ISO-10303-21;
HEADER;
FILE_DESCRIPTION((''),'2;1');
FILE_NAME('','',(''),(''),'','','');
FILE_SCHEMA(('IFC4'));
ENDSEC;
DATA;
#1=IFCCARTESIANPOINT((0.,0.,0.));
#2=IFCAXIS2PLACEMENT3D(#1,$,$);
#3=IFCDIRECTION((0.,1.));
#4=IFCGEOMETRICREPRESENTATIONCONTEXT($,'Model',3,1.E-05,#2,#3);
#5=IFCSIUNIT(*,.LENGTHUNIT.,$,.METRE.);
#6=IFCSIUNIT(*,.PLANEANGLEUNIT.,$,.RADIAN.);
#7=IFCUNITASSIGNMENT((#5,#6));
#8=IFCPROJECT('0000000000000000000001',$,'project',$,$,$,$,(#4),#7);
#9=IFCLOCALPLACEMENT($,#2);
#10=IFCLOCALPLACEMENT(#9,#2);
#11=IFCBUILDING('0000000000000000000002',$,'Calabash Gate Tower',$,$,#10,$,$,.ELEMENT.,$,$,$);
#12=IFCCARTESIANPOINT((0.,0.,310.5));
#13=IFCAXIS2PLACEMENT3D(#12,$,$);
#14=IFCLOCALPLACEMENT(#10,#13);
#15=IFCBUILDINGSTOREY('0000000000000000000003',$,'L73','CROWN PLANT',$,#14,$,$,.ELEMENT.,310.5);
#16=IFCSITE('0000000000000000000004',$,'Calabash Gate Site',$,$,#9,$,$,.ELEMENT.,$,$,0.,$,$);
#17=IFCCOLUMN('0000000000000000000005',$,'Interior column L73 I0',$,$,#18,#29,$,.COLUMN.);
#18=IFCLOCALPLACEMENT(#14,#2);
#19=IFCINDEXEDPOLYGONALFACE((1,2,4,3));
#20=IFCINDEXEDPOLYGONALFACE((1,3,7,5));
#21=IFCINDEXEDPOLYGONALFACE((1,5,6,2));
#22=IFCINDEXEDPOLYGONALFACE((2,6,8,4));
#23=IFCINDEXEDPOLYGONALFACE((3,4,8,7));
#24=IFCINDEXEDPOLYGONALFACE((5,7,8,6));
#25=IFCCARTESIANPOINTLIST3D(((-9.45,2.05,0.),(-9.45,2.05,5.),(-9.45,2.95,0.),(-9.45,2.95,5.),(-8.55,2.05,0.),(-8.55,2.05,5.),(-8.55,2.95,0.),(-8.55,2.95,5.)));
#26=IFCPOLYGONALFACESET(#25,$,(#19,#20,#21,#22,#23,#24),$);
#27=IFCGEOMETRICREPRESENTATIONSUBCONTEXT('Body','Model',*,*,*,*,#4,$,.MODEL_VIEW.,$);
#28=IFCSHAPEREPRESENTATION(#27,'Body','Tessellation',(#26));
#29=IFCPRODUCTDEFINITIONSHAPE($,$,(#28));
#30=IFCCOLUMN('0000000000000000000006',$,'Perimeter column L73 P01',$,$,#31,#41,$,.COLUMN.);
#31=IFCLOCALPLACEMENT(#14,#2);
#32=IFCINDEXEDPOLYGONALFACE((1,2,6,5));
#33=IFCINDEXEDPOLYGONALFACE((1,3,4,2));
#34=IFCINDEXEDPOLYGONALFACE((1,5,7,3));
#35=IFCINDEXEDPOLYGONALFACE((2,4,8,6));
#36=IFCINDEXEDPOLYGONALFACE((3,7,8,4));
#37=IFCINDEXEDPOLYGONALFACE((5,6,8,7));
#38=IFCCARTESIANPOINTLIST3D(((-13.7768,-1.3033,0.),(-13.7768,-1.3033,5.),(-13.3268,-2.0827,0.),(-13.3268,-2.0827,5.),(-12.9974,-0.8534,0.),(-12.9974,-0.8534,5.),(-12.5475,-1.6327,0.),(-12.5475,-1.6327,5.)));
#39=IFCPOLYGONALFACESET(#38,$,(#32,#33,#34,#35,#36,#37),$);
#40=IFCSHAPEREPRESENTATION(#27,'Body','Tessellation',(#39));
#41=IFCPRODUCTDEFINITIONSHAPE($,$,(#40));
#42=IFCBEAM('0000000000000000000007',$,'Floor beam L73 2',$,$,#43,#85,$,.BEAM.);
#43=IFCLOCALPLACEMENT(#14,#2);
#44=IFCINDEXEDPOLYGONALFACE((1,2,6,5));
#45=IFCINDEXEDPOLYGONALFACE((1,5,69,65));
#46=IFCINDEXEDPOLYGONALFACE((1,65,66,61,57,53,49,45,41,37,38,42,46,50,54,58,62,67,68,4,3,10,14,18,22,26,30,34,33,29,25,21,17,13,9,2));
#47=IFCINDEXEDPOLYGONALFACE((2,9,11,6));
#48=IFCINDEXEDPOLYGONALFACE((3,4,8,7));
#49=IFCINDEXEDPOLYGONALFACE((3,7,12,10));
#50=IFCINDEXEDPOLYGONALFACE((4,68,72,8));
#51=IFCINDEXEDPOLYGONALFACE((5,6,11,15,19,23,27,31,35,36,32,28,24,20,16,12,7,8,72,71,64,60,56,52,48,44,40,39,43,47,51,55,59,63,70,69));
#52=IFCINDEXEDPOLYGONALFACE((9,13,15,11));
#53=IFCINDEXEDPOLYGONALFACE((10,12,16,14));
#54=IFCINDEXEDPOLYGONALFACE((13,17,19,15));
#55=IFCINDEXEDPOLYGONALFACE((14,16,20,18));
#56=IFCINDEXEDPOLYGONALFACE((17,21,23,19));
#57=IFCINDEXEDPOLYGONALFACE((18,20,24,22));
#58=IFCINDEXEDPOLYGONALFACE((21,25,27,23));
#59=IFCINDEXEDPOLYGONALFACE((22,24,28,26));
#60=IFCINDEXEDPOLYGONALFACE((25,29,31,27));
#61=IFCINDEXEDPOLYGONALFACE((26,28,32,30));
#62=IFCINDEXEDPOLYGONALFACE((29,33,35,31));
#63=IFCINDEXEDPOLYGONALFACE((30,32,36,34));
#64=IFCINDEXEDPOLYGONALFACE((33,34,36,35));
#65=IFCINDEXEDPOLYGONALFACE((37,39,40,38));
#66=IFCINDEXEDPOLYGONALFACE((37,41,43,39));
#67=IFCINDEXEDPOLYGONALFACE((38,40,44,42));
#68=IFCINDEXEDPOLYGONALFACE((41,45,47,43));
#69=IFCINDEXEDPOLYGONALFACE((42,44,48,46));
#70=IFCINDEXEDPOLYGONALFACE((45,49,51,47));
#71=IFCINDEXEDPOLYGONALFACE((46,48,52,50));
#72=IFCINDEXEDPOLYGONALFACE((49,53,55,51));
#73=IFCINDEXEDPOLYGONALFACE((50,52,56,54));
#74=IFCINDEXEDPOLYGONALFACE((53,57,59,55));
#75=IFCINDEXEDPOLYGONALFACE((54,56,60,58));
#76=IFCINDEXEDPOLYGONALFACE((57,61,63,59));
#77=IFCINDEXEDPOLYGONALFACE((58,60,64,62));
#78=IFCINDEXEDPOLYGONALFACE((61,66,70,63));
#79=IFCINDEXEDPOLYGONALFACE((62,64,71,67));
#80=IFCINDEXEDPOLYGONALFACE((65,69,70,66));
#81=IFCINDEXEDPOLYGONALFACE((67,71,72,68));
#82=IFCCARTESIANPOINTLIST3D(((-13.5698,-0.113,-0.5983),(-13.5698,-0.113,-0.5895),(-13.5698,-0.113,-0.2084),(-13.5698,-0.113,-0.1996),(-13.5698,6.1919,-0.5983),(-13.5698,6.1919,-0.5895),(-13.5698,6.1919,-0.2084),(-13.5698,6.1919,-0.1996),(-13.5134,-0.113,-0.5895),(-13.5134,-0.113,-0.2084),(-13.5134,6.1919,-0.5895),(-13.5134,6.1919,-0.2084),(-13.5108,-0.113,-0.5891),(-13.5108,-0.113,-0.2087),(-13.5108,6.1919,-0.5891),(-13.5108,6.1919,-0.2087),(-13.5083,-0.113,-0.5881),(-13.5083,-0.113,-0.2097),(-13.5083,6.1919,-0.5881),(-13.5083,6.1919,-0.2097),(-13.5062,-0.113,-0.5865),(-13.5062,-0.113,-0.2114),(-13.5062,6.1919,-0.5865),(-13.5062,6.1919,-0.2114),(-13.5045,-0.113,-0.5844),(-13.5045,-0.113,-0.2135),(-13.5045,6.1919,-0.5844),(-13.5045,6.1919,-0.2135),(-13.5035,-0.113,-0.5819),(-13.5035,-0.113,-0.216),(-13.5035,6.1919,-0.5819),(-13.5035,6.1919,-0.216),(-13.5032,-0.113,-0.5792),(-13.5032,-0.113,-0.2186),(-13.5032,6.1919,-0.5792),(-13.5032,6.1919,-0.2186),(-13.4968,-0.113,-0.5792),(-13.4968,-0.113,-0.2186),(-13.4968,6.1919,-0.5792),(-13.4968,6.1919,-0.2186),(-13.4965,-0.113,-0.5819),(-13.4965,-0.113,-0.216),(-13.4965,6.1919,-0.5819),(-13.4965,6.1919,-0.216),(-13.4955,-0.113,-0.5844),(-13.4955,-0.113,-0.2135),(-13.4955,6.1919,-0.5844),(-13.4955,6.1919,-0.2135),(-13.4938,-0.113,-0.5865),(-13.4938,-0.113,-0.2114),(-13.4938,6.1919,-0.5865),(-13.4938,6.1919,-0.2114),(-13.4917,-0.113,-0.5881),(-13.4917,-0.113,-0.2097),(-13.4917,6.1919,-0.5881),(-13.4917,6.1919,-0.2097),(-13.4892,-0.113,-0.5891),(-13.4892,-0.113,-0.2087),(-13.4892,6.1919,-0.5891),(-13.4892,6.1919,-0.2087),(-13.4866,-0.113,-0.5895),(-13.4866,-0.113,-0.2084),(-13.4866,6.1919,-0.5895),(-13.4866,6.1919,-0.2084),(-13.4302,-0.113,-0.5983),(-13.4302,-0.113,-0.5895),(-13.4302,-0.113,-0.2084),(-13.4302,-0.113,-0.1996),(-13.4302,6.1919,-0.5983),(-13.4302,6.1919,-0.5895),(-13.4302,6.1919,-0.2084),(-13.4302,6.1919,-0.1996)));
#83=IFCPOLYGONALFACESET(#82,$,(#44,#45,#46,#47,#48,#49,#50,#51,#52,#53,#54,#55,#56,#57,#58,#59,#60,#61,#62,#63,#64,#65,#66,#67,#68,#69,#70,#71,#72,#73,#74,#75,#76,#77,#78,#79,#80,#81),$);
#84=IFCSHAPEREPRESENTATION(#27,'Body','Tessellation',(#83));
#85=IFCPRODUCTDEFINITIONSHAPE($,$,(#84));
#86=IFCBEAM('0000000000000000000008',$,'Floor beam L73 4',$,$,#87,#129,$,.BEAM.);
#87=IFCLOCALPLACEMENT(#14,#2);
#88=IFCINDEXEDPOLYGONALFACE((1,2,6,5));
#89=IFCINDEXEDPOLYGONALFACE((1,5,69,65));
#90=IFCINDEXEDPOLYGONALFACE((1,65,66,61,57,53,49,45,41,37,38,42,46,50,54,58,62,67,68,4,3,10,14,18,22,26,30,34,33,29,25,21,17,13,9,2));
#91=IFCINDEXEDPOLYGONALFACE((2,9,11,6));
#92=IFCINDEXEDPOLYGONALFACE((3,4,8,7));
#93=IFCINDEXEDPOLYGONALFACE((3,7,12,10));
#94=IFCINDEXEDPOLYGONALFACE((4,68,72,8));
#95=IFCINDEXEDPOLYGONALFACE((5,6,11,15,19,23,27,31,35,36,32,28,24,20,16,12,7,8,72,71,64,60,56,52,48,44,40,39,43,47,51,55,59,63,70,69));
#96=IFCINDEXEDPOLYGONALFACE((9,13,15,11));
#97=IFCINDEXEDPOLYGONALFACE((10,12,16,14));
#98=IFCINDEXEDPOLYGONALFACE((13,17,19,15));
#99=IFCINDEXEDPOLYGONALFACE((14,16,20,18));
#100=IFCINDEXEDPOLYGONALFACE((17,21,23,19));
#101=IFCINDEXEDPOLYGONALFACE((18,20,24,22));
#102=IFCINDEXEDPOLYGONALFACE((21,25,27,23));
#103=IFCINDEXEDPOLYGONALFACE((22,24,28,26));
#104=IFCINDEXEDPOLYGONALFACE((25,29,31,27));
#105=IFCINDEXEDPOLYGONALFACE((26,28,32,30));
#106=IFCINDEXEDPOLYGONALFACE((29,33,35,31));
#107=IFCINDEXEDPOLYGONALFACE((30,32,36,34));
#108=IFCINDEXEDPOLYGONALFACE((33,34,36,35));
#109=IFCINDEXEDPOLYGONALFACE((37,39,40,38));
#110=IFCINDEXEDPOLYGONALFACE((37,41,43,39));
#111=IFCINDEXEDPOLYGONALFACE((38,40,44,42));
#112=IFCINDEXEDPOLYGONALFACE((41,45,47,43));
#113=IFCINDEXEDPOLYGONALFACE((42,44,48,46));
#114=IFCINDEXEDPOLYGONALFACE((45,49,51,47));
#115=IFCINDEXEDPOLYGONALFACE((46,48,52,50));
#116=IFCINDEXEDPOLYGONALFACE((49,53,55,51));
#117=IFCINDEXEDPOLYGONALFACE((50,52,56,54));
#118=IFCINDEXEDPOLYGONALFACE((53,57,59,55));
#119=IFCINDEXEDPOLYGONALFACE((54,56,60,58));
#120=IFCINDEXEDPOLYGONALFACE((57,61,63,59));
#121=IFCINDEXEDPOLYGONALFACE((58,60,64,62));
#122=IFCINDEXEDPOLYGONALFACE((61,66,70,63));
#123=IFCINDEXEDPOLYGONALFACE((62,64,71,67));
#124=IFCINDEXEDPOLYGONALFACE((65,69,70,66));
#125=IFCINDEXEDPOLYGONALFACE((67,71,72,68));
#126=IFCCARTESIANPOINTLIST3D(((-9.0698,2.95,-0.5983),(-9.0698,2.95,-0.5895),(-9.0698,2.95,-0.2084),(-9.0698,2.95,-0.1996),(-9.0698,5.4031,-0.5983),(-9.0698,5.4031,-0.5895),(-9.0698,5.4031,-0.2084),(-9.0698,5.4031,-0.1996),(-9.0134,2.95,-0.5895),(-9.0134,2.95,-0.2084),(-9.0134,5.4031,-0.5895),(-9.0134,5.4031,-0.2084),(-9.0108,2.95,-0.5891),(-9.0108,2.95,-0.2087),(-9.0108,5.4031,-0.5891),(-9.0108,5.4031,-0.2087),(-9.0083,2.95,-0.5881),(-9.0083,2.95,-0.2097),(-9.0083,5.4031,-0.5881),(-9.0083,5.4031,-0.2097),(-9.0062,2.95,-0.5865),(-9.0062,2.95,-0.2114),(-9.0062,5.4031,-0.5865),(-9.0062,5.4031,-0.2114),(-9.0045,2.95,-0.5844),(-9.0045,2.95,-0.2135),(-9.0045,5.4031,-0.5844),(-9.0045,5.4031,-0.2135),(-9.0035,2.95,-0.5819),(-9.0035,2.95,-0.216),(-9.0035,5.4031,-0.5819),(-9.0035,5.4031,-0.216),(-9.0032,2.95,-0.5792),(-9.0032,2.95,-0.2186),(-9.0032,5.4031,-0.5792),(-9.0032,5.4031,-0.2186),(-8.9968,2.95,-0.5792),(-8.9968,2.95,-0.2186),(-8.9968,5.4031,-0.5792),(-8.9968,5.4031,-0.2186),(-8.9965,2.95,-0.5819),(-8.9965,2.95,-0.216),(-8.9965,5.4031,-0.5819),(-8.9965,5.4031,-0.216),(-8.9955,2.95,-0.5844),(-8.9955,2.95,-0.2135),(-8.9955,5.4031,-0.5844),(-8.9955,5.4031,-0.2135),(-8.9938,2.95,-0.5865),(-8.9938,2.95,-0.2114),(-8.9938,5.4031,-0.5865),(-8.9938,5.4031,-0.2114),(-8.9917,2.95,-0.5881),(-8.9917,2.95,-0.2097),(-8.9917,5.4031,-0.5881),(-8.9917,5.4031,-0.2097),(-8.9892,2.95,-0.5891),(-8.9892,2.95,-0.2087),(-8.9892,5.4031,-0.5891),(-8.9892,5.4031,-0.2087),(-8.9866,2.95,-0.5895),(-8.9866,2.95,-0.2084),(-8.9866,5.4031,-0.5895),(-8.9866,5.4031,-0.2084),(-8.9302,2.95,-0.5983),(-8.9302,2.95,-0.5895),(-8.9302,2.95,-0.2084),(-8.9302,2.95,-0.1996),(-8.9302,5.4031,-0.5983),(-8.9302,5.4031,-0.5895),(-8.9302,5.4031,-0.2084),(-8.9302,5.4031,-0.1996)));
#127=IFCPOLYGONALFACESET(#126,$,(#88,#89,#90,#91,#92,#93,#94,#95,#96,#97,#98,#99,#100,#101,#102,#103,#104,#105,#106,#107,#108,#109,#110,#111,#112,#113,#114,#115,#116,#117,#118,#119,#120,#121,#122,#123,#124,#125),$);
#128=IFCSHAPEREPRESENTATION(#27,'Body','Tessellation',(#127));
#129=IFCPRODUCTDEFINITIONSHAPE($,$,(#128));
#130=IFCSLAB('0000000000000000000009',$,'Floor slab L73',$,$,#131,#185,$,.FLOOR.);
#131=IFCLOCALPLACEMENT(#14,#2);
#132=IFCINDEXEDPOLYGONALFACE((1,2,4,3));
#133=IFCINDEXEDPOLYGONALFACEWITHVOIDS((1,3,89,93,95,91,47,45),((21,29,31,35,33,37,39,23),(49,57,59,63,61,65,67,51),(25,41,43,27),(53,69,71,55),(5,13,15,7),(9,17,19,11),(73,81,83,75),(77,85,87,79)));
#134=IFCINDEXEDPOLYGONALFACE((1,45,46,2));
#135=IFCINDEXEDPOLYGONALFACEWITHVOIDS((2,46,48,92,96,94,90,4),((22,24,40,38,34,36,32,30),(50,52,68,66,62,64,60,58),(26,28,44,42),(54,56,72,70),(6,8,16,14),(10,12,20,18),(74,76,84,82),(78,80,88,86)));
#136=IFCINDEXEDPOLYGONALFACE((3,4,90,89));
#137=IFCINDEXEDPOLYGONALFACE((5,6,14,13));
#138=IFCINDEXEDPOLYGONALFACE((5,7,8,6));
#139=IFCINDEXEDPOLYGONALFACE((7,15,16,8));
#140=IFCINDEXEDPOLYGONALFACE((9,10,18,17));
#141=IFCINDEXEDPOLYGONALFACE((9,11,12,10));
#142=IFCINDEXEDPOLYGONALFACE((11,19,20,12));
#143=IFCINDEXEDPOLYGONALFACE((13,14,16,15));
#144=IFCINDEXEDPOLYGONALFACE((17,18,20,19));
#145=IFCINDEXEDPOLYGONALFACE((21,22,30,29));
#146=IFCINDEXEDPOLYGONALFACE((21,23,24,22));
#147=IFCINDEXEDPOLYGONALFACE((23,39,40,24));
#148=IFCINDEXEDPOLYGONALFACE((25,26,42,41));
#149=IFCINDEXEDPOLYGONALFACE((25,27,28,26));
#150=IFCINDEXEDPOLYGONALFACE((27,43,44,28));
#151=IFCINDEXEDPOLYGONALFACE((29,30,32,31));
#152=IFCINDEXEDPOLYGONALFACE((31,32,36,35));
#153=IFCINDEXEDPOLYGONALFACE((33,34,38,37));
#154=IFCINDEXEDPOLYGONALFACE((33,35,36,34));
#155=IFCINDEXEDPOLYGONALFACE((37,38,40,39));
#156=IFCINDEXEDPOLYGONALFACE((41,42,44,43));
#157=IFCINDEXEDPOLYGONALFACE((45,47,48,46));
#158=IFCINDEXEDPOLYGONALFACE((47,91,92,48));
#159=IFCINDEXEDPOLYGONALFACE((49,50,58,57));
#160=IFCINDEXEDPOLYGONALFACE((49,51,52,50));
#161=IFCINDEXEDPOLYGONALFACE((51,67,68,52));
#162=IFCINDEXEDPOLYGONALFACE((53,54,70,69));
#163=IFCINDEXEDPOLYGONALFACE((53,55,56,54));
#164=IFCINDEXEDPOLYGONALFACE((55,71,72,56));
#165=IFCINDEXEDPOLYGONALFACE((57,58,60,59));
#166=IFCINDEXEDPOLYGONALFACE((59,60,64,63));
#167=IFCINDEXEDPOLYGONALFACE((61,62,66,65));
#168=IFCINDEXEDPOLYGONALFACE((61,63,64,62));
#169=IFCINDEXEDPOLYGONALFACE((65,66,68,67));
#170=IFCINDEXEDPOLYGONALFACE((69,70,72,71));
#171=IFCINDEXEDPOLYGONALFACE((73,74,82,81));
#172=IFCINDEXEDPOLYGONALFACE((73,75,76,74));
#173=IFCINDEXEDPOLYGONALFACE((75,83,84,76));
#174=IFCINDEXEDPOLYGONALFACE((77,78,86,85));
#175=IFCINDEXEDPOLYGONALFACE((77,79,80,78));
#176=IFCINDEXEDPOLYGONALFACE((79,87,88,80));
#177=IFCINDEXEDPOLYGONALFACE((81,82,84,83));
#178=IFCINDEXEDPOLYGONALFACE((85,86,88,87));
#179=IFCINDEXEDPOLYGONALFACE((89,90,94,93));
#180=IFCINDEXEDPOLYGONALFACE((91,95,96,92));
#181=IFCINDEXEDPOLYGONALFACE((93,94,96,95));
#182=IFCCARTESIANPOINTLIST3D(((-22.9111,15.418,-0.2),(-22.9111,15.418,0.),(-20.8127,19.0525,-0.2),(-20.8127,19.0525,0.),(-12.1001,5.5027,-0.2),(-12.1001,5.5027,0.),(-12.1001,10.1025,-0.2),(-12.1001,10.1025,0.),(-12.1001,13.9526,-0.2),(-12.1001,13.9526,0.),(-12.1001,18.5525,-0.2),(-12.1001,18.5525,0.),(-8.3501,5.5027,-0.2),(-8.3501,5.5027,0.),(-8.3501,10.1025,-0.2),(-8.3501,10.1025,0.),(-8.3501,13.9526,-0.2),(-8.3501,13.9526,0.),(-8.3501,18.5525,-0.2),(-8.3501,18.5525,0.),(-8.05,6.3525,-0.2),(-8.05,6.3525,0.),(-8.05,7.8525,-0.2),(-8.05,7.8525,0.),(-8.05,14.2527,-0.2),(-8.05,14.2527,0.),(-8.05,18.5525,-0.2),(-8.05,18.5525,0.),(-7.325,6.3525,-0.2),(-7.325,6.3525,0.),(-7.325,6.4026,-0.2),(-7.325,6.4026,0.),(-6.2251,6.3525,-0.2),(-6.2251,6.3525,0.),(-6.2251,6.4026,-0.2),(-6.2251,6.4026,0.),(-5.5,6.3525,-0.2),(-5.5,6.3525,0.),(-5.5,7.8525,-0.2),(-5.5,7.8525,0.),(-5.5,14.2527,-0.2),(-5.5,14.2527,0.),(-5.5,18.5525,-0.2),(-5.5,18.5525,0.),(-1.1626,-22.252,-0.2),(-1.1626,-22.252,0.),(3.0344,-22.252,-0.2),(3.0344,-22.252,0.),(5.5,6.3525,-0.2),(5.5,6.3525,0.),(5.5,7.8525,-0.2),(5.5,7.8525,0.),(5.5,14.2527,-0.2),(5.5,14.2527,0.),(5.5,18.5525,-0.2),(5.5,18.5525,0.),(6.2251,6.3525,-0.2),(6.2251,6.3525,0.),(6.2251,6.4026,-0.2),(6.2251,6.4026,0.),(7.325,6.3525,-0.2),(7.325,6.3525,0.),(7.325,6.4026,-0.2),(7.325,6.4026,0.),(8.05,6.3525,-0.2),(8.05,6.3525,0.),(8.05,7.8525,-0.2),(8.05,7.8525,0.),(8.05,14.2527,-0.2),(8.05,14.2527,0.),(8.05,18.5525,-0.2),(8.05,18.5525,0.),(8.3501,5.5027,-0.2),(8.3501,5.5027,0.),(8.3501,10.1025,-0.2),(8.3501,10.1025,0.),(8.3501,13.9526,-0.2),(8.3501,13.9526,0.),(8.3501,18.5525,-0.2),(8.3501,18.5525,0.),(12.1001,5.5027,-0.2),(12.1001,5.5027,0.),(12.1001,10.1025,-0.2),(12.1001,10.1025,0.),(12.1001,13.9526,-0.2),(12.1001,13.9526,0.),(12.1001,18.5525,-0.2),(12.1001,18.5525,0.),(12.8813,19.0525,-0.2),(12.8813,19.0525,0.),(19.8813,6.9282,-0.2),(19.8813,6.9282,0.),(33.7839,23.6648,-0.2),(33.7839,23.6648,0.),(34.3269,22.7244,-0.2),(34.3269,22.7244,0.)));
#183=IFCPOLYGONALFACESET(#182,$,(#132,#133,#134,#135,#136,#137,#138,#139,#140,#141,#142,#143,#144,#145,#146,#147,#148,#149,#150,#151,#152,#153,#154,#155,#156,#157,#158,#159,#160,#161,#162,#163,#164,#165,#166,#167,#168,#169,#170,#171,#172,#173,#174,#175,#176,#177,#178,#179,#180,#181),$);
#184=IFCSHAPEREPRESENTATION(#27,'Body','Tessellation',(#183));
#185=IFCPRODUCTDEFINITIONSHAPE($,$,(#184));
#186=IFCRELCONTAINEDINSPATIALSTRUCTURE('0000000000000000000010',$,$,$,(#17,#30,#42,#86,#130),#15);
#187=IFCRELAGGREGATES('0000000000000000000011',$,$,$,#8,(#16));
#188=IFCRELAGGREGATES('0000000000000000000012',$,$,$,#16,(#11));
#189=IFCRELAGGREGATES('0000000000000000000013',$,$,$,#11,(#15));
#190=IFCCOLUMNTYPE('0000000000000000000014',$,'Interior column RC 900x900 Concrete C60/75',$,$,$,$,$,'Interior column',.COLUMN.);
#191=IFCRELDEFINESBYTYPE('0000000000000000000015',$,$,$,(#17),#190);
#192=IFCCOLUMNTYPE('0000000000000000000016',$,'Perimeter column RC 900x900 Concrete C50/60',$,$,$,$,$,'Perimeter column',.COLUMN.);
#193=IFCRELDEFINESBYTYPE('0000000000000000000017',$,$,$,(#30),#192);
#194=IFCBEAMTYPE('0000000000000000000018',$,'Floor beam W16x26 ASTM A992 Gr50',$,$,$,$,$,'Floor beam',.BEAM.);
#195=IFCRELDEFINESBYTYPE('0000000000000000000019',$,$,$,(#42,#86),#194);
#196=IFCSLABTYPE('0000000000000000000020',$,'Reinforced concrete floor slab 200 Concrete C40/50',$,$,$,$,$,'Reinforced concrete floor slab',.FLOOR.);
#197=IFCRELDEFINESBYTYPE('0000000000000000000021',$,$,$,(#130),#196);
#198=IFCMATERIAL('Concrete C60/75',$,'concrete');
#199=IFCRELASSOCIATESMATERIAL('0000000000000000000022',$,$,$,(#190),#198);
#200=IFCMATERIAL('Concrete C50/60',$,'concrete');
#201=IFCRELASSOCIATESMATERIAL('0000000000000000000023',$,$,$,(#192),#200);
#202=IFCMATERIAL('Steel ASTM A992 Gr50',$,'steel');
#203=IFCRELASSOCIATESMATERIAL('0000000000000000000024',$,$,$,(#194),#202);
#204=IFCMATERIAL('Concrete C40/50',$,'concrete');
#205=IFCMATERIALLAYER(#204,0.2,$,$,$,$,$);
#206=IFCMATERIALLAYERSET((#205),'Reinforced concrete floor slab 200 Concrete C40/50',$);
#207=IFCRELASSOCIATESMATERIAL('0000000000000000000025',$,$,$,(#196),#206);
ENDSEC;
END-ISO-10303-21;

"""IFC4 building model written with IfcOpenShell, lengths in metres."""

from ifc_helpers import new_model, si_unit, direction, frame, origin, origin_2d, place, context, subcontext, project, spatial, polyline, rectangle, i_section, outline, extrude, material, layer, layer_set, material_profile, profile_set, type_object, element, save


model = new_model("IFC4")

# Units and contexts
model_context = context("Model", 3, precision=1e-05, world=origin(), true_north=direction((0.0, 1.0)))
body_context = subcontext(model_context, "Body", "Model", "MODEL_VIEW")
ifc_project = project(units=[si_unit("LENGTHUNIT", "METRE"), si_unit("PLANEANGLEUNIT", "RADIAN")], contexts=[model_context])

# Site, building, storey
site_placement = place(None, origin())
site = spatial("IfcSite", under=ifc_project, at=site_placement, Name="Calabash Gate Site", CompositionType="ELEMENT", RefElevation=0.0)
building_placement = place(site_placement, origin())
building = spatial("IfcBuilding", under=site, at=building_placement, Name="Calabash Gate Tower", CompositionType="ELEMENT")
storey_placement = place(building_placement, frame((0.0, 0.0, 310.5)))
storey = spatial("IfcBuildingStorey", under=building, at=storey_placement, Name="L73", Description="CROWN PLANT", CompositionType="ELEMENT", Elevation=310.5)

# Columns
ifc_material_1 = material(Name="Concrete C60/75", Category="concrete")
ifc_material_profile_1 = material_profile(ifc_material_1, rectangle(XDim=0.8999, YDim=0.8999, at=origin_2d()))
ifc_profile_set_1 = profile_set([ifc_material_profile_1], Name="Concrete C60/75")
column_type_1 = type_object("IfcColumnType", Name="Interior column RC 900x900 Concrete C60/75", ElementType="Interior column", PredefinedType="COLUMN", material=ifc_profile_set_1)
column_1_placement = place(storey_placement, frame((-9.0, 2.5, 0.0), z_axis=(0.0, 0.0, 1.0), x_axis=(1.0, 0.0, 0.0)))
element("IfcColumn", 1, at=column_1_placement, inside=storey, type_object=column_type_1, Name="Interior column L73 I0", PredefinedType="COLUMN", context=body_context, shape_type="SweptSolid", body=[
    extrude(rectangle(XDim=0.8999, YDim=0.8999, at=origin_2d()), origin(), (0.0, 0.0, 1.0), 5.0),
])
ifc_material_2 = material(Name="Concrete C50/60", Category="concrete")
ifc_material_profile_2 = material_profile(ifc_material_2, rectangle(XDim=0.8999, YDim=0.8999, at=origin_2d()))
ifc_profile_set_2 = profile_set([ifc_material_profile_2], Name="Concrete C50/60")
column_type_2 = type_object("IfcColumnType", Name="Perimeter column RC 900x900 Concrete C50/60", ElementType="Perimeter column", PredefinedType="COLUMN", material=ifc_profile_set_2)
column_2_placement = place(storey_placement, frame((-13.1621, -1.468, 0.0), z_axis=(0.0, 0.0, 1.0), x_axis=(0.5, -0.866025, 0.0)))
element("IfcColumn", 2, at=column_2_placement, inside=storey, type_object=column_type_2, Name="Perimeter column L73 P01", PredefinedType="COLUMN", context=body_context, shape_type="SweptSolid", body=[
    extrude(rectangle(XDim=0.8999, YDim=0.8999, at=origin_2d()), origin(), (0.0, 0.0, 1.0), 5.0),
])

# Beams
ifc_material_3 = material(Name="Steel ASTM A992 Gr50", Category="steel")
ifc_material_profile_3 = material_profile(ifc_material_3, i_section(OverallWidth=0.1396, OverallDepth=0.3987, WebThickness=0.0063, FlangeThickness=0.0088, FilletRadius=0.0103, at=origin_2d()))
ifc_profile_set_3 = profile_set([ifc_material_profile_3], Name="Steel ASTM A992 Gr50")
beam_type = type_object("IfcBeamType", Name="Floor beam W16x26 ASTM A992 Gr50", ElementType="Floor beam", PredefinedType="BEAM", material=ifc_profile_set_3)
beam_1_placement = place(storey_placement, frame((-13.5, -0.113, -0.3989), z_axis=(0.0, 1.0, 0.0), x_axis=(-1.0, 0.0, 0.0)))
element("IfcBeam", 3, at=beam_1_placement, inside=storey, type_object=beam_type, Name="Floor beam L73 2", PredefinedType="BEAM", context=body_context, shape_type="SweptSolid", body=[
    extrude(i_section(OverallWidth=0.1396, OverallDepth=0.3987, WebThickness=0.0063, FlangeThickness=0.0088, FilletRadius=0.0103, at=origin_2d()), origin(), (0.0, 0.0, 1.0), 6.3049),
])
beam_2_placement = place(storey_placement, frame((-9.0, 2.95, -0.3989), z_axis=(0.0, 1.0, 0.0), x_axis=(-1.0, 0.0, 0.0)))
element("IfcBeam", 4, at=beam_2_placement, inside=storey, type_object=beam_type, Name="Floor beam L73 4", PredefinedType="BEAM", context=body_context, shape_type="SweptSolid", body=[
    extrude(i_section(OverallWidth=0.1396, OverallDepth=0.3987, WebThickness=0.0063, FlangeThickness=0.0088, FilletRadius=0.0103, at=origin_2d()), origin(), (0.0, 0.0, 1.0), 2.4531),
])

# Slab
ifc_material_4 = material(Name="Concrete C40/50", Category="concrete")
ifc_layer_1 = layer(ifc_material_4, 0.2)
ifc_layer_set_1 = layer_set([ifc_layer_1], Name="Reinforced concrete floor slab 200 Concrete C40/50")
slab_type_1 = type_object("IfcSlabType", Name="Reinforced concrete floor slab 200 Concrete C40/50", ElementType="Reinforced concrete floor slab", PredefinedType="FLOOR", material=ifc_layer_set_1)
slab_1_placement = place(storey_placement, frame((0.0, 0.0, -0.2)))
element("IfcSlab", 5, at=slab_1_placement, inside=storey, type_object=slab_type_1, Name="Floor slab L73", PredefinedType="FLOOR", context=body_context, shape_type="SweptSolid", body=[
    extrude(outline(polyline([(-20.8127, 19.0525), (12.8813, 19.0525), (33.7839, 23.6648), (34.3269, 22.7244), (19.8813, 6.9282), (3.0344, -22.252), (-1.1626, -22.252), (-22.9111, 15.418), (-20.8127, 19.0525)]), holes=[polyline([(-8.05, 18.5525), (-8.05, 14.2527), (-5.5, 14.2527), (-5.5, 18.5525), (-8.05, 18.5525)]), polyline([(8.05, 18.5525), (5.5, 18.5525), (5.5, 14.2527), (8.05, 14.2527), (8.05, 18.5525)]), polyline([(-8.3501, 18.5525), (-12.1001, 18.5525), (-12.1001, 13.9526), (-8.3501, 13.9526), (-8.3501, 18.5525)]), polyline([(-12.1001, 10.1025), (-12.1001, 5.5027), (-8.3501, 5.5027), (-8.3501, 10.1025), (-12.1001, 10.1025)]), polyline([(8.3501, 13.9526), (12.1001, 13.9526), (12.1001, 18.5525), (8.3501, 18.5525), (8.3501, 13.9526)]), polyline([(12.1001, 5.5027), (12.1001, 10.1025), (8.3501, 10.1025), (8.3501, 5.5027), (12.1001, 5.5027)]), polyline([(-7.325, 6.3525), (-7.325, 6.4026), (-6.2251, 6.4026), (-6.2251, 6.3525), (-5.5, 6.3525), (-5.5, 7.8525), (-8.05, 7.8525), (-8.05, 6.3525), (-7.325, 6.3525)]), polyline([(5.5, 6.3525), (6.2251, 6.3525), (6.2251, 6.4026), (7.325, 6.4026), (7.325, 6.3525), (8.05, 6.3525), (8.05, 7.8525), (5.5, 7.8525), (5.5, 6.3525)])]), origin(), (0.0, 0.0, 1.0), 0.2),
])

save(model, "model.ifc")
